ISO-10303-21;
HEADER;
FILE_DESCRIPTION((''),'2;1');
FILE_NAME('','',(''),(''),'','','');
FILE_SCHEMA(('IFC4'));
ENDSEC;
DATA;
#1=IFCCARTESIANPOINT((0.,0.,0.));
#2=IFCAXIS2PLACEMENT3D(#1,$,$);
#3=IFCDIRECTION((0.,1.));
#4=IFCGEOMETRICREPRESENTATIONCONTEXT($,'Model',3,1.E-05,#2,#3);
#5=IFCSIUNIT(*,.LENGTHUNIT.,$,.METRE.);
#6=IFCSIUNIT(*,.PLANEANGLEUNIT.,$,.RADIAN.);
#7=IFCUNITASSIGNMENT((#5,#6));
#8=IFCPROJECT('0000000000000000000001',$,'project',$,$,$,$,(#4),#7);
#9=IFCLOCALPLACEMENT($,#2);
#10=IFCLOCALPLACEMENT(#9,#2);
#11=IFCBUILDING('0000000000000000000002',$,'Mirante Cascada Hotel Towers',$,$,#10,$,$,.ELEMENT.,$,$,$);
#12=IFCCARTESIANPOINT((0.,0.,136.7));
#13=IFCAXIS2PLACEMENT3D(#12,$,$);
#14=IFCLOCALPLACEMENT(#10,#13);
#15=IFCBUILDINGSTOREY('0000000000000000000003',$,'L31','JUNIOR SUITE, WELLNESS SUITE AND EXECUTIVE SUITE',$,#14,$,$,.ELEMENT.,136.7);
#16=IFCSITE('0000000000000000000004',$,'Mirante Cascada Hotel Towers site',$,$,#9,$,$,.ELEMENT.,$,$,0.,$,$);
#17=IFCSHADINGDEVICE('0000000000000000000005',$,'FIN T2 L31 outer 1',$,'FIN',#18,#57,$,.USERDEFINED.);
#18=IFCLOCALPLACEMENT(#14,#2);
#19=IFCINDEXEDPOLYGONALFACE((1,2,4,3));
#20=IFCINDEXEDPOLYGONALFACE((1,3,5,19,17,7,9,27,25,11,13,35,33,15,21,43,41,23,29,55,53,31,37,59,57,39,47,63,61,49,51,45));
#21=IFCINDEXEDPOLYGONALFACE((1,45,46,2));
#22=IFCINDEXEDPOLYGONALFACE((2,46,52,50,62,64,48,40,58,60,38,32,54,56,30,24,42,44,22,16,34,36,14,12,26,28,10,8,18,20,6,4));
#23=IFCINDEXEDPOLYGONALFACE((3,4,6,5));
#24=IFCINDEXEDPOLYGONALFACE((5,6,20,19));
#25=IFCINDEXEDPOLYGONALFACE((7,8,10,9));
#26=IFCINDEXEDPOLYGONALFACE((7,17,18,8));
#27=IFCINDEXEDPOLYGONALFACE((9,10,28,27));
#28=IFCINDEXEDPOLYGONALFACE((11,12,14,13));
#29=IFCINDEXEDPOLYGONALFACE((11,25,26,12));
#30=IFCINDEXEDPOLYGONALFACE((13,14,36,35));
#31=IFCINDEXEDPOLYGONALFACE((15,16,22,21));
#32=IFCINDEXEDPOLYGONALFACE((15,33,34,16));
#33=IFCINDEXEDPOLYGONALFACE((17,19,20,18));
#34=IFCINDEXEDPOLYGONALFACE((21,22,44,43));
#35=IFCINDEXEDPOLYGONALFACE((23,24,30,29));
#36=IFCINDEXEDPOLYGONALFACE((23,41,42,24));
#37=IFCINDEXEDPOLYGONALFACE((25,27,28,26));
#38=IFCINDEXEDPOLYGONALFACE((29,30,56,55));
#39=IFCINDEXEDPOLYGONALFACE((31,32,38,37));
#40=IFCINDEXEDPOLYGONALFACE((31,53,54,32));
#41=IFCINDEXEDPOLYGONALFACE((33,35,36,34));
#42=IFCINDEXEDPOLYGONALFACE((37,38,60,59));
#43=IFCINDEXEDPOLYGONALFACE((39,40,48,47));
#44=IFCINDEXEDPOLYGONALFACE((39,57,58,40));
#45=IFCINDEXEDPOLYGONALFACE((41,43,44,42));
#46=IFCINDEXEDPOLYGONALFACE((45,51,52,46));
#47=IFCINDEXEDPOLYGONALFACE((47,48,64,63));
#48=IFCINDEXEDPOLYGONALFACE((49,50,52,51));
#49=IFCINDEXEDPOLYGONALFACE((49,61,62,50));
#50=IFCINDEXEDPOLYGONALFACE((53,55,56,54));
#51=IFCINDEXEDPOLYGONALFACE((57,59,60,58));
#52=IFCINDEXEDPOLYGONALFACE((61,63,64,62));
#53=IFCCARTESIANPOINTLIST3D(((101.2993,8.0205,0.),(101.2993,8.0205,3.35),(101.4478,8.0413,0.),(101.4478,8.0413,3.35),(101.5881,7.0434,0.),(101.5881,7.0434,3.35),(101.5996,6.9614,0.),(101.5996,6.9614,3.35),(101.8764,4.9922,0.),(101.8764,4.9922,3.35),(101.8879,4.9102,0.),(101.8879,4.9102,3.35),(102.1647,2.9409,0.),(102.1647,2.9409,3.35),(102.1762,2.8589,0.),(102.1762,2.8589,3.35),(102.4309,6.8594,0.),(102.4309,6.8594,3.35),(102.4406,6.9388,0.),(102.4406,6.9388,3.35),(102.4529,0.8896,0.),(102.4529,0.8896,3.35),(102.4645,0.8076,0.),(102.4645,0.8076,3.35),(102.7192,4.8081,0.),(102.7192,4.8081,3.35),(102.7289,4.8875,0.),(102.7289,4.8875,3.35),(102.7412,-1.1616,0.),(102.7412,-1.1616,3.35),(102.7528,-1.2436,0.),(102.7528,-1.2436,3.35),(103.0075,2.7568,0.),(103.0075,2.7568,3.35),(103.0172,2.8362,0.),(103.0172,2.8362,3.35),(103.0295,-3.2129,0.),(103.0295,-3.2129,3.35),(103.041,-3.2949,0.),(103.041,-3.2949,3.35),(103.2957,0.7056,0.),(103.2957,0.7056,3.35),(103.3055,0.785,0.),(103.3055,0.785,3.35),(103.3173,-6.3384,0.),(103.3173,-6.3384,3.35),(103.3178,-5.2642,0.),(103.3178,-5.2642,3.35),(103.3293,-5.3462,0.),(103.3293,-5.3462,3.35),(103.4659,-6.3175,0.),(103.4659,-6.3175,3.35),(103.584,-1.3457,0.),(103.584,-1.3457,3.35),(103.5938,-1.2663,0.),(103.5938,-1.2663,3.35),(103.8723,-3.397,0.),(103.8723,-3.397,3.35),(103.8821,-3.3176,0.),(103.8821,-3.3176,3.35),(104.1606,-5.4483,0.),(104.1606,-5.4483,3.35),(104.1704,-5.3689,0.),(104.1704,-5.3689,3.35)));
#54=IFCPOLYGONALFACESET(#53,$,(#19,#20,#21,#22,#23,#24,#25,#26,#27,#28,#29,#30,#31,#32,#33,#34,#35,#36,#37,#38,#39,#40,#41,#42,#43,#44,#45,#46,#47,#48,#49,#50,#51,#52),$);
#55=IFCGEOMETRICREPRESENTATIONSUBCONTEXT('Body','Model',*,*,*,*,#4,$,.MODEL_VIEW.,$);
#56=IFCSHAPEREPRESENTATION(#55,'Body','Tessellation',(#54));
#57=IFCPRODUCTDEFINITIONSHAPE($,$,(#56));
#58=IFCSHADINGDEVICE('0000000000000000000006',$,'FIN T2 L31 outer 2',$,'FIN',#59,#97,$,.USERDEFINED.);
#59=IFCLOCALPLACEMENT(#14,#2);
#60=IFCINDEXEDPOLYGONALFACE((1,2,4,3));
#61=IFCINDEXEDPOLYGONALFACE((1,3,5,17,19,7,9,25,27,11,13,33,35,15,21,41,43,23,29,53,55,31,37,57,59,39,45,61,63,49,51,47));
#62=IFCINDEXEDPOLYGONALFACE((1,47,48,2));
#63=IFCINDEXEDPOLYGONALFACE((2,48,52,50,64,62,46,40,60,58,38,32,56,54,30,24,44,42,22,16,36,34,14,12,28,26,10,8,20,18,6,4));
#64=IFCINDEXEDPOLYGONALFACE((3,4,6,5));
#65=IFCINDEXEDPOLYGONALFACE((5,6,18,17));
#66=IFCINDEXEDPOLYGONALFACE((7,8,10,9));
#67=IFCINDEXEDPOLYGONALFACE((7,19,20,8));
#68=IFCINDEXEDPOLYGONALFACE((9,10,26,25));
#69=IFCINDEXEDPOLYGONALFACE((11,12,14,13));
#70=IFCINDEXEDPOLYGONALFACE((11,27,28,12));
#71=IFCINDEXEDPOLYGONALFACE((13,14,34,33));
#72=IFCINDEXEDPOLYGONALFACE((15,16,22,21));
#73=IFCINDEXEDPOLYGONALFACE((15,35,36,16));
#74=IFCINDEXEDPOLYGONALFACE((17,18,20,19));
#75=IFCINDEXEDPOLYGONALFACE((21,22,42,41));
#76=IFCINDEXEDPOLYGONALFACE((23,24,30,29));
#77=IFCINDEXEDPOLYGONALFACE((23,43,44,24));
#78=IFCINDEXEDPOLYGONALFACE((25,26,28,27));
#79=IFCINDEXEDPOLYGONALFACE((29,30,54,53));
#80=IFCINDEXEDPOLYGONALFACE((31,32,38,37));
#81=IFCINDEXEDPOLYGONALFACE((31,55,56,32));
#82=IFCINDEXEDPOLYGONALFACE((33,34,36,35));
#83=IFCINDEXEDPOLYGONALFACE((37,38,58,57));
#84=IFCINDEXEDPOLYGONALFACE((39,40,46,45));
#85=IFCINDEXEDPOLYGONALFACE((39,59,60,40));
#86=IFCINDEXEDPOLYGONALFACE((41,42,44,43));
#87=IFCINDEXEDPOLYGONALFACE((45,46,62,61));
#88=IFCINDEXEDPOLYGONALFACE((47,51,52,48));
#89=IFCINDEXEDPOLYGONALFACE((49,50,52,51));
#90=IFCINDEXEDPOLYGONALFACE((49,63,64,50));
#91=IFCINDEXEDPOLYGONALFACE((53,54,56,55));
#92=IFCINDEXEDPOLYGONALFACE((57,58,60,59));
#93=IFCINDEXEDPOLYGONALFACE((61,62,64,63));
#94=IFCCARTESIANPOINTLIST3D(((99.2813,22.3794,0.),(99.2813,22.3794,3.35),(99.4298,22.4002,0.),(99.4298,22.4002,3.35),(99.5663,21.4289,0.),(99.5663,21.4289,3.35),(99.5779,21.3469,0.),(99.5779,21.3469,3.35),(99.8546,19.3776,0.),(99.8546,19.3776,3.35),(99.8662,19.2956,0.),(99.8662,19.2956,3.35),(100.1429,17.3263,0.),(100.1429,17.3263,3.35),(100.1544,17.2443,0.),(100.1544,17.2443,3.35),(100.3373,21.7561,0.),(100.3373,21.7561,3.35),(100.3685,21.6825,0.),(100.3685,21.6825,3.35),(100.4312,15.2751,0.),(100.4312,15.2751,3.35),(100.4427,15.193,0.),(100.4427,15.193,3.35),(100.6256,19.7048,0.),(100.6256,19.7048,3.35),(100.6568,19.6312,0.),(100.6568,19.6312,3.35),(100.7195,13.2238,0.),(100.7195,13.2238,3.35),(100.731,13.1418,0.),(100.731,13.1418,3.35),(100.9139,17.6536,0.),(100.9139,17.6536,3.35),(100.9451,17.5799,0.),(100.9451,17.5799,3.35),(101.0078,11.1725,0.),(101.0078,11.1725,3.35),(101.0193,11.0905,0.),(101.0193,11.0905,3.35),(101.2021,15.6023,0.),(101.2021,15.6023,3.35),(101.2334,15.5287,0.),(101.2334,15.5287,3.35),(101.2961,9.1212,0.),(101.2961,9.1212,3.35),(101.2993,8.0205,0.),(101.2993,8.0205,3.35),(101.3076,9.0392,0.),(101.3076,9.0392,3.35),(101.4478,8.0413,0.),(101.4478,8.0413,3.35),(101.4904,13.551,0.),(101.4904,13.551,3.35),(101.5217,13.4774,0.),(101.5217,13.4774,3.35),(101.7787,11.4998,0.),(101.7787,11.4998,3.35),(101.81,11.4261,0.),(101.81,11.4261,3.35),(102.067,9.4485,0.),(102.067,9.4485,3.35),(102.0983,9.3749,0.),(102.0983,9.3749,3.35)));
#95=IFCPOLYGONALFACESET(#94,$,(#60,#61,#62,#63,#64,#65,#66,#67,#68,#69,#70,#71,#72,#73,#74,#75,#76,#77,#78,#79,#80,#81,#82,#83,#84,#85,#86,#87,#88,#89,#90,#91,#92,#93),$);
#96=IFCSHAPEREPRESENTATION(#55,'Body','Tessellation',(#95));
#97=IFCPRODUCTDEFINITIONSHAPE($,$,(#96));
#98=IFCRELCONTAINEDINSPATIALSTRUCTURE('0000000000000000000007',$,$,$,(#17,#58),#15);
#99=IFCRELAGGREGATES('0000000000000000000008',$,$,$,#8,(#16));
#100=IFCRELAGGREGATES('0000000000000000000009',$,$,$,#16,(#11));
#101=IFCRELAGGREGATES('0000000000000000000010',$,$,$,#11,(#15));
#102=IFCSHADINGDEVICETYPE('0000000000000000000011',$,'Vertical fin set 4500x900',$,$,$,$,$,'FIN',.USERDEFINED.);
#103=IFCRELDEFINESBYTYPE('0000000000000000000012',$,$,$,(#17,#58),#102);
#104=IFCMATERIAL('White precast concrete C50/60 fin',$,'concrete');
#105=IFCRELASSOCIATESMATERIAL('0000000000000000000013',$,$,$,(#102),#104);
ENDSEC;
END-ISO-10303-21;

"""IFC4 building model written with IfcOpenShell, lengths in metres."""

from ifc_helpers import new_model, si_unit, direction, frame, origin, place, context, subcontext, project, spatial, polyline, outline, extrude, material, type_object, element, save


model = new_model("IFC4")

# Units and contexts
model_context = context("Model", 3, precision=1e-05, world=origin(), true_north=direction((0.0, 1.0)))
body_context = subcontext(model_context, "Body", "Model", "MODEL_VIEW")
ifc_project = project(units=[si_unit("LENGTHUNIT", "METRE"), si_unit("PLANEANGLEUNIT", "RADIAN")], contexts=[model_context])

# Site, building, storey
site_placement = place(None, origin())
site = spatial("IfcSite", under=ifc_project, at=site_placement, Name="Mirante Cascada Hotel Towers site", CompositionType="ELEMENT", RefElevation=0.0)
building_placement = place(site_placement, origin())
building = spatial("IfcBuilding", under=site, at=building_placement, Name="Mirante Cascada Hotel Towers", CompositionType="ELEMENT")
storey_placement = place(building_placement, frame((0.0, 0.0, 136.7)))
storey = spatial("IfcBuildingStorey", under=building, at=storey_placement, Name="L31", Description="JUNIOR SUITE, WELLNESS SUITE AND EXECUTIVE SUITE", CompositionType="ELEMENT", Elevation=136.7)

# Shading devices
ifc_material_1 = material(Name="White precast concrete C50/60 fin", Category="concrete")
shading_device_type = type_object("IfcShadingDeviceType", Name="Vertical fin set 4500x900", ElementType="FIN", PredefinedType="USERDEFINED", material=ifc_material_1)
shading_device_1_placement = place(storey_placement, origin())
element("IfcShadingDevice", 1, at=shading_device_1_placement, inside=storey, type_object=shading_device_type, Name="FIN T2 L31 outer 1", ObjectType="FIN", PredefinedType="USERDEFINED", context=body_context, shape_type="SweptSolid", body=[
    extrude(outline(polyline([(104.1606, -5.4483), (103.3293, -5.3462), (103.4659, -6.3175), (103.3173, -6.3384), (101.2993, 8.0205), (101.4478, 8.0413), (101.5881, 7.0434), (102.4406, 6.9388), (102.4309, 6.8594), (101.5996, 6.9614), (101.8764, 4.9922), (102.7289, 4.8875), (102.7192, 4.8081), (101.8879, 4.9102), (102.1647, 2.9409), (103.0172, 2.8362), (103.0075, 2.7568), (102.1762, 2.8589), (102.4529, 0.8896), (103.3055, 0.785), (103.2957, 0.7056), (102.4645, 0.8076), (102.7412, -1.1616), (103.5938, -1.2663), (103.584, -1.3457), (102.7528, -1.2436), (103.0295, -3.2129), (103.8821, -3.3176), (103.8723, -3.397), (103.041, -3.2949), (103.3178, -5.2642), (104.1704, -5.3689), (104.1606, -5.4483)])), origin(), (0.0, 0.0, 1.0), 3.35),
])
shading_device_2_placement = place(storey_placement, origin())
element("IfcShadingDevice", 2, at=shading_device_2_placement, inside=storey, type_object=shading_device_type, Name="FIN T2 L31 outer 2", ObjectType="FIN", PredefinedType="USERDEFINED", context=body_context, shape_type="SweptSolid", body=[
    extrude(outline(polyline([(102.0983, 9.3749), (101.3076, 9.0392), (101.4478, 8.0413), (101.2993, 8.0205), (99.2813, 22.3794), (99.4298, 22.4002), (99.5663, 21.4289), (100.3373, 21.7561), (100.3685, 21.6825), (99.5779, 21.3469), (99.8546, 19.3776), (100.6256, 19.7048), (100.6568, 19.6312), (99.8662, 19.2956), (100.1429, 17.3263), (100.9139, 17.6536), (100.9451, 17.5799), (100.1544, 17.2443), (100.4312, 15.2751), (101.2021, 15.6023), (101.2334, 15.5287), (100.4427, 15.193), (100.7195, 13.2238), (101.4904, 13.551), (101.5217, 13.4774), (100.731, 13.1418), (101.0078, 11.1725), (101.7787, 11.4998), (101.81, 11.4261), (101.0193, 11.0905), (101.2961, 9.1212), (102.067, 9.4485), (102.0983, 9.3749)])), origin(), (0.0, 0.0, 1.0), 3.35),
])

save(model, "model.ifc")
